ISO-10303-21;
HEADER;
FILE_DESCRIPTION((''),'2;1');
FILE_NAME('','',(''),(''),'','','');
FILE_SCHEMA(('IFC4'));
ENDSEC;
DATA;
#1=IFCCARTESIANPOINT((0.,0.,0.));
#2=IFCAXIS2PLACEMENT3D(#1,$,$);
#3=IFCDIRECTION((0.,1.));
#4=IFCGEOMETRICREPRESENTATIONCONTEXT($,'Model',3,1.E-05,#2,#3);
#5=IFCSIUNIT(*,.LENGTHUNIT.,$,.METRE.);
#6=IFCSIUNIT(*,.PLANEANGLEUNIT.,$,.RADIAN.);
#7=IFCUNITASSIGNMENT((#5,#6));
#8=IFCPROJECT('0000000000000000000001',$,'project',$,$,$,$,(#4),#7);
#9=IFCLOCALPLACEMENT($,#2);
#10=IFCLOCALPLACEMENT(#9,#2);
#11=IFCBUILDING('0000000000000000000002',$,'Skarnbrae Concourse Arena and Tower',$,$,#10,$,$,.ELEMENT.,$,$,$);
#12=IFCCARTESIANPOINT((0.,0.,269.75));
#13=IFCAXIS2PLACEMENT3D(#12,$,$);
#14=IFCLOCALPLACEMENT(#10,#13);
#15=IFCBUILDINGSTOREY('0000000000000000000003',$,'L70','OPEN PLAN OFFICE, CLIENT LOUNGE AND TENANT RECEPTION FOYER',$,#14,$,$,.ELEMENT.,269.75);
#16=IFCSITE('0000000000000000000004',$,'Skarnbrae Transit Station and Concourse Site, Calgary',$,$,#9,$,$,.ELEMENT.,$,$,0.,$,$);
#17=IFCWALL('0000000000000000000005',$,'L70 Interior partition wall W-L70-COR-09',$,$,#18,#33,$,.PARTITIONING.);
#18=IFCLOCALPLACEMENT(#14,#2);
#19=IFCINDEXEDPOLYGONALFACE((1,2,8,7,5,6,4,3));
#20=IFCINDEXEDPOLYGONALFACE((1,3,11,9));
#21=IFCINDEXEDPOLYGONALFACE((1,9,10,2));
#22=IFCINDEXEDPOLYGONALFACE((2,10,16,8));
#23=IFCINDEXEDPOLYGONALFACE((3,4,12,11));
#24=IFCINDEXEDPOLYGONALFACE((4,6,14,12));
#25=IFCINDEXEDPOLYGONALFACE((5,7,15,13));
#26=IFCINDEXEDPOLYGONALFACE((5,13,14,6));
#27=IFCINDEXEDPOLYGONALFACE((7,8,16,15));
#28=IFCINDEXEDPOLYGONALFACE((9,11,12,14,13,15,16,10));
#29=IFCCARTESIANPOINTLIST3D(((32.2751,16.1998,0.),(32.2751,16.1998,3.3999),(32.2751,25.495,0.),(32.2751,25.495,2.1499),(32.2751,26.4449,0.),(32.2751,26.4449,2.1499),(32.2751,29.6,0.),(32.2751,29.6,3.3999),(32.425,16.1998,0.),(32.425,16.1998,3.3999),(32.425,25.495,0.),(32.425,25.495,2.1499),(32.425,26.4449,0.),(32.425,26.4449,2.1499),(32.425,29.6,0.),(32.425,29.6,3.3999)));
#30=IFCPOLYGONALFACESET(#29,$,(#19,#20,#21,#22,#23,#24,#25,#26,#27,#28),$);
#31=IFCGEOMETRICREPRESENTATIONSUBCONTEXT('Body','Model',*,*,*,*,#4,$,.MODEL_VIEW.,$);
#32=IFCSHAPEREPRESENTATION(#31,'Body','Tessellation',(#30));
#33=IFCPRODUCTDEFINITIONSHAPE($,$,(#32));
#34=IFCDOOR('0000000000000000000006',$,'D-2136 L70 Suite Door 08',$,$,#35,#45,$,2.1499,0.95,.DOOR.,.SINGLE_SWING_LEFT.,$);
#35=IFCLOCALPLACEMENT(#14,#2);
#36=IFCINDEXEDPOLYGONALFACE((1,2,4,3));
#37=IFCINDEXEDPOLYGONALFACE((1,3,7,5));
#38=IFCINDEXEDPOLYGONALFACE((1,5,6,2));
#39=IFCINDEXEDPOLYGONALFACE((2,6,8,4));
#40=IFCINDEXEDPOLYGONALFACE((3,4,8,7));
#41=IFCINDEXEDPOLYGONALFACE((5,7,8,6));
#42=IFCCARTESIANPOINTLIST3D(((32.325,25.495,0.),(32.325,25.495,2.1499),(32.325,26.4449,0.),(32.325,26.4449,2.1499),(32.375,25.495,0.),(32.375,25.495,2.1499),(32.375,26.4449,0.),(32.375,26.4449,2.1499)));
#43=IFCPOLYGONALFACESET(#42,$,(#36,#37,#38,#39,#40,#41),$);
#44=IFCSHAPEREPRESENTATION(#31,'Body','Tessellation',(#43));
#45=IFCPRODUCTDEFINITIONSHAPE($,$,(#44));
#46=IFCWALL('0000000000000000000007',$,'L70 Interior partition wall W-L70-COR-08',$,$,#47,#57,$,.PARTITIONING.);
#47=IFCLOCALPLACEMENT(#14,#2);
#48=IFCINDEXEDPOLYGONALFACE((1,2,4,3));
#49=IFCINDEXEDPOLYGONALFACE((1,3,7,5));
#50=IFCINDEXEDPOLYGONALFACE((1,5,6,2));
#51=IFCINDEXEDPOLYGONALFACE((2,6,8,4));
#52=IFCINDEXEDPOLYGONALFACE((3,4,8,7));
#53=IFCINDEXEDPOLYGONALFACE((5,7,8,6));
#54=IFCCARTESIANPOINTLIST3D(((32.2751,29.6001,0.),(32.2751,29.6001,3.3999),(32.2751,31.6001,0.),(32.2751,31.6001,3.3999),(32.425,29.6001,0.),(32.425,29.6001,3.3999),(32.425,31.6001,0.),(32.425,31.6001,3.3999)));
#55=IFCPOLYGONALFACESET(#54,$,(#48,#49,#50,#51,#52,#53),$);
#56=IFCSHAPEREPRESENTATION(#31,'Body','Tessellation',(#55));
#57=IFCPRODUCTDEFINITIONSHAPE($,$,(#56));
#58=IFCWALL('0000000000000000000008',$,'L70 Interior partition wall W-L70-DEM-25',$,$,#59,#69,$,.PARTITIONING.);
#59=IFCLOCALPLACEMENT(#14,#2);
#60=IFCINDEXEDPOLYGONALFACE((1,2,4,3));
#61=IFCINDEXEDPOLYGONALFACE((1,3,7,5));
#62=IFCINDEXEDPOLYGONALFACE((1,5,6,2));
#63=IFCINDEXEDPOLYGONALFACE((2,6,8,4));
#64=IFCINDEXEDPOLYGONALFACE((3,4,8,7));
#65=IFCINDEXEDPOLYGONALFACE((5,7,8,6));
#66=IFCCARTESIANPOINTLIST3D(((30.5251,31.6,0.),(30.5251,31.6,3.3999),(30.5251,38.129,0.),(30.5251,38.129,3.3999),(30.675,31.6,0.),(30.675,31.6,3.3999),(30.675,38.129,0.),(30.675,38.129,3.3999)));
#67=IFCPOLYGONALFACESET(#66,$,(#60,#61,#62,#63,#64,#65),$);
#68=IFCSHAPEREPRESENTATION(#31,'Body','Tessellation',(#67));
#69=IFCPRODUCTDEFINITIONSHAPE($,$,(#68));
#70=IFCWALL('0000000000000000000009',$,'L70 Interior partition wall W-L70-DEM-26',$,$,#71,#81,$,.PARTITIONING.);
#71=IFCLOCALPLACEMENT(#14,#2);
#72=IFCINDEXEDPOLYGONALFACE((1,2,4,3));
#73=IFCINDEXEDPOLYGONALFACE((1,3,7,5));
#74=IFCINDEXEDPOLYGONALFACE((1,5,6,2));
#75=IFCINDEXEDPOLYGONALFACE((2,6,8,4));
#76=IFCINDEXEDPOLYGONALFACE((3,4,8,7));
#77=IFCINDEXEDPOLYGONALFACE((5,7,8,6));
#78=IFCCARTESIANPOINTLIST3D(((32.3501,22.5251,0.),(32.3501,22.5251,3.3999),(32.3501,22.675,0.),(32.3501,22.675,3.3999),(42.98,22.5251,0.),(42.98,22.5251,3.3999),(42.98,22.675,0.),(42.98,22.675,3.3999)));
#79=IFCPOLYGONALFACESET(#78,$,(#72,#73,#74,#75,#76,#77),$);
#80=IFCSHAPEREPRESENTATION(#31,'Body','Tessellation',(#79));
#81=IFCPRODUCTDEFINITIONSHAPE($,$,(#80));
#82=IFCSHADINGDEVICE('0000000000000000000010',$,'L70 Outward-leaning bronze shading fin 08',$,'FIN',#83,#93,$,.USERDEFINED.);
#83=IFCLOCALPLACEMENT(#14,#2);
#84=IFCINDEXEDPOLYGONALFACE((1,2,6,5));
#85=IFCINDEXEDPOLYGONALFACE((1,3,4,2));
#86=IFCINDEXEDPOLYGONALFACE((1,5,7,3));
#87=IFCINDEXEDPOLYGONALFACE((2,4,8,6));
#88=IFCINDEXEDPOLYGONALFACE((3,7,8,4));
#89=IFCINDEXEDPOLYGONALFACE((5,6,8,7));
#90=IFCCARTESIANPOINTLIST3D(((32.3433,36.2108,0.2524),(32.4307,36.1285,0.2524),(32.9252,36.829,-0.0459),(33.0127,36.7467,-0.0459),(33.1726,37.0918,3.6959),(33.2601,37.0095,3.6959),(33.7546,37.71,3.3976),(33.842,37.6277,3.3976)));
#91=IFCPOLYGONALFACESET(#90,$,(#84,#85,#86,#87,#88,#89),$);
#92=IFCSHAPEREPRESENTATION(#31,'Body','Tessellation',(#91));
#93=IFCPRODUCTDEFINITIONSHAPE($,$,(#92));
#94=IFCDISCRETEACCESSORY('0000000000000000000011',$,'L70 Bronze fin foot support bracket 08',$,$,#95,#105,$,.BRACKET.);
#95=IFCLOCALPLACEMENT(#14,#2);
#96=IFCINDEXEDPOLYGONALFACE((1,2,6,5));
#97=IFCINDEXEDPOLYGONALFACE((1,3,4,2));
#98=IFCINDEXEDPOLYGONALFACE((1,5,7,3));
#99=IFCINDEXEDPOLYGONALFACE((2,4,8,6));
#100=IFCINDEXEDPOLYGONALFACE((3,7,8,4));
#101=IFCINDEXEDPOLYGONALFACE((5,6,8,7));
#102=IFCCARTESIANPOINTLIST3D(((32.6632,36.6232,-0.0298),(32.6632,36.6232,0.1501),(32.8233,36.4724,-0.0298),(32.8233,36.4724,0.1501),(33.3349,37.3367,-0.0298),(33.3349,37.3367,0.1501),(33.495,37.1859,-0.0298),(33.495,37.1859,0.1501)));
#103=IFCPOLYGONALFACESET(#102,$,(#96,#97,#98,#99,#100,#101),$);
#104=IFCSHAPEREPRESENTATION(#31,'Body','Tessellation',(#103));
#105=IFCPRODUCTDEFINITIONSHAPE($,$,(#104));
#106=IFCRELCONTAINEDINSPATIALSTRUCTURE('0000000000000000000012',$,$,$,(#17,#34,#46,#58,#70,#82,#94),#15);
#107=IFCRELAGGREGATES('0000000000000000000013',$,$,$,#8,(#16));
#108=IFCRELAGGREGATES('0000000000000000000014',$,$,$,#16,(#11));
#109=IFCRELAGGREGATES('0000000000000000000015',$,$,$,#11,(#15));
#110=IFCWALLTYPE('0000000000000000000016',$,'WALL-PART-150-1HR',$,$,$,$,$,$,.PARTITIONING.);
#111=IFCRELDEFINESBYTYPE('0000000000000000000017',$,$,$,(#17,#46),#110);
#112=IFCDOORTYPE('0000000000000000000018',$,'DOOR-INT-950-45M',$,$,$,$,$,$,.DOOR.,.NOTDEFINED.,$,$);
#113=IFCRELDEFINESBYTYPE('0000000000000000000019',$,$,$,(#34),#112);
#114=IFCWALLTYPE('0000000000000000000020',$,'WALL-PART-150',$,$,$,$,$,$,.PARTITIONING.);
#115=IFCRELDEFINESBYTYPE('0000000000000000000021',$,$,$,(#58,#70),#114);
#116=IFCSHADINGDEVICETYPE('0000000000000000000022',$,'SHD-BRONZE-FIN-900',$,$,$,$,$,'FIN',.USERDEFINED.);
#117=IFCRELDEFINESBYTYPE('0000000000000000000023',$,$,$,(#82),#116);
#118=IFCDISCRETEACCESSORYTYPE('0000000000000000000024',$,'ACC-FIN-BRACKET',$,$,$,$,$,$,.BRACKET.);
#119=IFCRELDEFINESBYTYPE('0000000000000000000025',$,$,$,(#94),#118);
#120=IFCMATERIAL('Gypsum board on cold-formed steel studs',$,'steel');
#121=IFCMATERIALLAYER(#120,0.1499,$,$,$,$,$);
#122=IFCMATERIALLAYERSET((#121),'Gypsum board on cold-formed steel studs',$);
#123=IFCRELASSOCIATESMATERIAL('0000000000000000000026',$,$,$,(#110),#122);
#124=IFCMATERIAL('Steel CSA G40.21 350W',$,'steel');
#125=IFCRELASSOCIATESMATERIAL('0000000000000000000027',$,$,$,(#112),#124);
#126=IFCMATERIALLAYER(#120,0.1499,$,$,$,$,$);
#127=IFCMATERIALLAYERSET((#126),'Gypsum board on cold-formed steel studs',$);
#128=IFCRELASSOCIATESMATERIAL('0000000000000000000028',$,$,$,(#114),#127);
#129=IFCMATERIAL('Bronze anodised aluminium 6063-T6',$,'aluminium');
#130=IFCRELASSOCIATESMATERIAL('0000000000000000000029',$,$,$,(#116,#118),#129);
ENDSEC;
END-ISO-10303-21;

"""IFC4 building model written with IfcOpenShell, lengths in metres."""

from ifc_helpers import new_model, si_unit, direction, frame, frame_2d, origin, origin_2d, place, context, subcontext, project, spatial, rectangle, extrude, source, transform, mapped, material, layer, layer_set, type_object, element, fill, save


model = new_model("IFC4")

# Units and contexts
model_context = context("Model", 3, precision=1e-05, world=origin(), true_north=direction((0.0, 1.0)))
body_context = subcontext(model_context, "Body", "Model", "MODEL_VIEW")
ifc_project = project(units=[si_unit("LENGTHUNIT", "METRE"), si_unit("PLANEANGLEUNIT", "RADIAN")], contexts=[model_context])

# Site, building, storey
site_placement = place(None, origin())
site = spatial("IfcSite", under=ifc_project, at=site_placement, Name="Skarnbrae Transit Station and Concourse Site, Calgary", CompositionType="ELEMENT", RefElevation=0.0)
building_placement = place(site_placement, origin())
building = spatial("IfcBuilding", under=site, at=building_placement, Name="Skarnbrae Concourse Arena and Tower", CompositionType="ELEMENT")
storey_placement = place(building_placement, frame((0.0, 0.0, 269.75)))
storey = spatial("IfcBuildingStorey", under=building, at=storey_placement, Name="L70", Description="OPEN PLAN OFFICE, CLIENT LOUNGE AND TENANT RECEPTION FOYER", CompositionType="ELEMENT", Elevation=269.75)

# Shared definitions
ifc_material_1 = material(Name="Steel CSA G40.21 350W", Category="steel")

# Shared definitions
ifc_material_2 = material(Name="Bronze anodised aluminium 6063-T6", Category="aluminium")

# Wall, opening, door
ifc_material_3 = material(Name="Gypsum board on cold-formed steel studs", Category="steel")
ifc_layer_1 = layer(ifc_material_3, 0.1499)
ifc_layer_set_1 = layer_set([ifc_layer_1], Name="Gypsum board on cold-formed steel studs")
wall_type_1 = type_object("IfcWallType", Name="WALL-PART-150-1HR", PredefinedType="PARTITIONING", material=ifc_layer_set_1)
shared_shape_1 = source(origin(), body_context, "Body", "SweptSolid", [
    extrude(rectangle(XDim=13.4001, YDim=0.1499, at=frame_2d((6.7002, 0.0))), origin(), (0.0, 0.0, 1.0), 3.3999),
])
wall_1_placement = place(storey_placement, frame((32.3501, 29.6001, 0.0), z_axis=(0.0, 0.0, 1.0), x_axis=(0.0, -1.0, 0.0)))
wall_1 = element("IfcWall", 1, at=wall_1_placement, inside=storey, type_object=wall_type_1, Name="L70 Interior partition wall W-L70-COR-09", PredefinedType="PARTITIONING", context=body_context, shape_type="MappedRepresentation", body=[
    mapped(shared_shape_1, transform((0.0, 0.0, 0.0))),
])
opening_placement = place(wall_1_placement, frame((3.155, 0.0, 0.0)))
opening = element("IfcOpeningElement", 2, at=opening_placement, cuts=wall_1, PredefinedType="OPENING", context=body_context, shape_type="SweptSolid", body=[
    extrude(rectangle(XDim=0.95, YDim=2.1499, at=frame_2d((0.4751, 1.075))), frame((0.0, 0.085, 0.0), z_axis=(0.0, -1.0, 0.0), x_axis=(1.0, 0.0, 0.0)), (0.0, 0.0, 1.0), 0.1699),
])
door_type = type_object("IfcDoorType", Name="DOOR-INT-950-45M", OperationType="NOTDEFINED", PredefinedType="DOOR", material=ifc_material_1)
shared_shape_2 = source(origin(), body_context, "Body", "SweptSolid", [
    extrude(rectangle(XDim=0.95, YDim=2.1499, at=frame_2d((0.4751, 1.075))), frame((0.0, 0.0249, 0.0), z_axis=(0.0, -1.0, 0.0), x_axis=(1.0, 0.0, 0.0)), (0.0, 0.0, 1.0), 0.05),
])
door_placement = place(opening_placement, origin())
door = element("IfcDoor", 3, at=door_placement, inside=storey, type_object=door_type, Name="D-2136 L70 Suite Door 08", OperationType="SINGLE_SWING_LEFT", OverallHeight=2.1499, OverallWidth=0.95, PredefinedType="DOOR", context=body_context, shape_type="MappedRepresentation", body=[
    mapped(shared_shape_2, transform((0.0, 0.0, 0.0))),
])
fill(opening, door)

# Walls
shared_shape_3 = source(origin(), body_context, "Body", "SweptSolid", [
    extrude(rectangle(XDim=2.0, YDim=0.1499, at=frame_2d((1.0, 0.0))), origin(), (0.0, 0.0, 1.0), 3.3999),
])
wall_2_placement = place(storey_placement, frame((32.3501, 31.6001, 0.0), z_axis=(0.0, 0.0, 1.0), x_axis=(0.0, -1.0, 0.0)))
element("IfcWall", 4, at=wall_2_placement, inside=storey, type_object=wall_type_1, Name="L70 Interior partition wall W-L70-COR-08", PredefinedType="PARTITIONING", context=body_context, shape_type="MappedRepresentation", body=[
    mapped(shared_shape_3, transform((0.0, 0.0, 0.0))),
])
ifc_layer_2 = layer(ifc_material_3, 0.1499)
ifc_layer_set_2 = layer_set([ifc_layer_2], Name="Gypsum board on cold-formed steel studs")
wall_type_2 = type_object("IfcWallType", Name="WALL-PART-150", PredefinedType="PARTITIONING", material=ifc_layer_set_2)
shared_shape_4 = source(origin(), body_context, "Body", "SweptSolid", [
    extrude(rectangle(XDim=6.5291, YDim=0.1499, at=frame_2d((3.2646, 0.0))), origin(), (0.0, 0.0, 1.0), 3.3999),
])
wall_3_placement = place(storey_placement, frame((30.6001, 38.1292, 0.0), z_axis=(0.0, 0.0, 1.0), x_axis=(0.0, -1.0, 0.0)))
element("IfcWall", 5, at=wall_3_placement, inside=storey, type_object=wall_type_2, Name="L70 Interior partition wall W-L70-DEM-25", PredefinedType="PARTITIONING", context=body_context, shape_type="MappedRepresentation", body=[
    mapped(shared_shape_4, transform((0.0, 0.0, 0.0))),
])
shared_shape_5 = source(origin(), body_context, "Body", "SweptSolid", [
    extrude(rectangle(XDim=10.6299, YDim=0.1499, at=frame_2d((5.3149, 0.0))), origin(), (0.0, 0.0, 1.0), 3.3999),
])
wall_4_placement = place(storey_placement, frame((42.98, 22.6001, 0.0), z_axis=(0.0, 0.0, 1.0), x_axis=(-1.0, 0.0, 0.0)))
element("IfcWall", 6, at=wall_4_placement, inside=storey, type_object=wall_type_2, Name="L70 Interior partition wall W-L70-DEM-26", PredefinedType="PARTITIONING", context=body_context, shape_type="MappedRepresentation", body=[
    mapped(shared_shape_5, transform((0.0, 0.0, 0.0))),
])

# Shading device
shading_device_type = type_object("IfcShadingDeviceType", Name="SHD-BRONZE-FIN-900", ElementType="FIN", PredefinedType="USERDEFINED", material=ifc_material_2)
shared_shape_6 = source(origin(), body_context, "Body", "SweptSolid", [
    extrude(rectangle(XDim=0.1201, YDim=0.8999, at=origin_2d()), origin(), (0.0, 0.0, 1.0), 3.6499),
])
shading_device_placement = place(storey_placement, frame((32.678, 36.4788, 0.1033), z_axis=(0.227224, 0.241378, 0.943454), x_axis=(0.728132, -0.685437, 0.0)))
element("IfcShadingDevice", 7, at=shading_device_placement, inside=storey, type_object=shading_device_type, Name="L70 Outward-leaning bronze shading fin 08", ObjectType="FIN", PredefinedType="USERDEFINED", context=body_context, shape_type="MappedRepresentation", body=[
    mapped(shared_shape_6, transform((0.0, 0.0, 0.0))),
])

# Discrete accessory
discrete_accessory_type = type_object("IfcDiscreteAccessoryType", Name="ACC-FIN-BRACKET", PredefinedType="BRACKET", material=ifc_material_2)
shared_shape_7 = source(origin(), body_context, "Body", "SweptSolid", [
    extrude(rectangle(XDim=0.22, YDim=0.98, at=origin_2d()), origin(), (0.0, 0.0, 1.0), 0.1799),
])
discrete_accessory_placement = place(storey_placement, frame((33.0791, 36.9045, -0.0298), z_axis=(0.0, 0.0, 1.0), x_axis=(0.728132, -0.685437, 0.0)))
element("IfcDiscreteAccessory", 8, at=discrete_accessory_placement, inside=storey, type_object=discrete_accessory_type, Name="L70 Bronze fin foot support bracket 08", PredefinedType="BRACKET", context=body_context, shape_type="MappedRepresentation", body=[
    mapped(shared_shape_7, transform((0.0, 0.0, 0.0))),
])

save(model, "model.ifc")
